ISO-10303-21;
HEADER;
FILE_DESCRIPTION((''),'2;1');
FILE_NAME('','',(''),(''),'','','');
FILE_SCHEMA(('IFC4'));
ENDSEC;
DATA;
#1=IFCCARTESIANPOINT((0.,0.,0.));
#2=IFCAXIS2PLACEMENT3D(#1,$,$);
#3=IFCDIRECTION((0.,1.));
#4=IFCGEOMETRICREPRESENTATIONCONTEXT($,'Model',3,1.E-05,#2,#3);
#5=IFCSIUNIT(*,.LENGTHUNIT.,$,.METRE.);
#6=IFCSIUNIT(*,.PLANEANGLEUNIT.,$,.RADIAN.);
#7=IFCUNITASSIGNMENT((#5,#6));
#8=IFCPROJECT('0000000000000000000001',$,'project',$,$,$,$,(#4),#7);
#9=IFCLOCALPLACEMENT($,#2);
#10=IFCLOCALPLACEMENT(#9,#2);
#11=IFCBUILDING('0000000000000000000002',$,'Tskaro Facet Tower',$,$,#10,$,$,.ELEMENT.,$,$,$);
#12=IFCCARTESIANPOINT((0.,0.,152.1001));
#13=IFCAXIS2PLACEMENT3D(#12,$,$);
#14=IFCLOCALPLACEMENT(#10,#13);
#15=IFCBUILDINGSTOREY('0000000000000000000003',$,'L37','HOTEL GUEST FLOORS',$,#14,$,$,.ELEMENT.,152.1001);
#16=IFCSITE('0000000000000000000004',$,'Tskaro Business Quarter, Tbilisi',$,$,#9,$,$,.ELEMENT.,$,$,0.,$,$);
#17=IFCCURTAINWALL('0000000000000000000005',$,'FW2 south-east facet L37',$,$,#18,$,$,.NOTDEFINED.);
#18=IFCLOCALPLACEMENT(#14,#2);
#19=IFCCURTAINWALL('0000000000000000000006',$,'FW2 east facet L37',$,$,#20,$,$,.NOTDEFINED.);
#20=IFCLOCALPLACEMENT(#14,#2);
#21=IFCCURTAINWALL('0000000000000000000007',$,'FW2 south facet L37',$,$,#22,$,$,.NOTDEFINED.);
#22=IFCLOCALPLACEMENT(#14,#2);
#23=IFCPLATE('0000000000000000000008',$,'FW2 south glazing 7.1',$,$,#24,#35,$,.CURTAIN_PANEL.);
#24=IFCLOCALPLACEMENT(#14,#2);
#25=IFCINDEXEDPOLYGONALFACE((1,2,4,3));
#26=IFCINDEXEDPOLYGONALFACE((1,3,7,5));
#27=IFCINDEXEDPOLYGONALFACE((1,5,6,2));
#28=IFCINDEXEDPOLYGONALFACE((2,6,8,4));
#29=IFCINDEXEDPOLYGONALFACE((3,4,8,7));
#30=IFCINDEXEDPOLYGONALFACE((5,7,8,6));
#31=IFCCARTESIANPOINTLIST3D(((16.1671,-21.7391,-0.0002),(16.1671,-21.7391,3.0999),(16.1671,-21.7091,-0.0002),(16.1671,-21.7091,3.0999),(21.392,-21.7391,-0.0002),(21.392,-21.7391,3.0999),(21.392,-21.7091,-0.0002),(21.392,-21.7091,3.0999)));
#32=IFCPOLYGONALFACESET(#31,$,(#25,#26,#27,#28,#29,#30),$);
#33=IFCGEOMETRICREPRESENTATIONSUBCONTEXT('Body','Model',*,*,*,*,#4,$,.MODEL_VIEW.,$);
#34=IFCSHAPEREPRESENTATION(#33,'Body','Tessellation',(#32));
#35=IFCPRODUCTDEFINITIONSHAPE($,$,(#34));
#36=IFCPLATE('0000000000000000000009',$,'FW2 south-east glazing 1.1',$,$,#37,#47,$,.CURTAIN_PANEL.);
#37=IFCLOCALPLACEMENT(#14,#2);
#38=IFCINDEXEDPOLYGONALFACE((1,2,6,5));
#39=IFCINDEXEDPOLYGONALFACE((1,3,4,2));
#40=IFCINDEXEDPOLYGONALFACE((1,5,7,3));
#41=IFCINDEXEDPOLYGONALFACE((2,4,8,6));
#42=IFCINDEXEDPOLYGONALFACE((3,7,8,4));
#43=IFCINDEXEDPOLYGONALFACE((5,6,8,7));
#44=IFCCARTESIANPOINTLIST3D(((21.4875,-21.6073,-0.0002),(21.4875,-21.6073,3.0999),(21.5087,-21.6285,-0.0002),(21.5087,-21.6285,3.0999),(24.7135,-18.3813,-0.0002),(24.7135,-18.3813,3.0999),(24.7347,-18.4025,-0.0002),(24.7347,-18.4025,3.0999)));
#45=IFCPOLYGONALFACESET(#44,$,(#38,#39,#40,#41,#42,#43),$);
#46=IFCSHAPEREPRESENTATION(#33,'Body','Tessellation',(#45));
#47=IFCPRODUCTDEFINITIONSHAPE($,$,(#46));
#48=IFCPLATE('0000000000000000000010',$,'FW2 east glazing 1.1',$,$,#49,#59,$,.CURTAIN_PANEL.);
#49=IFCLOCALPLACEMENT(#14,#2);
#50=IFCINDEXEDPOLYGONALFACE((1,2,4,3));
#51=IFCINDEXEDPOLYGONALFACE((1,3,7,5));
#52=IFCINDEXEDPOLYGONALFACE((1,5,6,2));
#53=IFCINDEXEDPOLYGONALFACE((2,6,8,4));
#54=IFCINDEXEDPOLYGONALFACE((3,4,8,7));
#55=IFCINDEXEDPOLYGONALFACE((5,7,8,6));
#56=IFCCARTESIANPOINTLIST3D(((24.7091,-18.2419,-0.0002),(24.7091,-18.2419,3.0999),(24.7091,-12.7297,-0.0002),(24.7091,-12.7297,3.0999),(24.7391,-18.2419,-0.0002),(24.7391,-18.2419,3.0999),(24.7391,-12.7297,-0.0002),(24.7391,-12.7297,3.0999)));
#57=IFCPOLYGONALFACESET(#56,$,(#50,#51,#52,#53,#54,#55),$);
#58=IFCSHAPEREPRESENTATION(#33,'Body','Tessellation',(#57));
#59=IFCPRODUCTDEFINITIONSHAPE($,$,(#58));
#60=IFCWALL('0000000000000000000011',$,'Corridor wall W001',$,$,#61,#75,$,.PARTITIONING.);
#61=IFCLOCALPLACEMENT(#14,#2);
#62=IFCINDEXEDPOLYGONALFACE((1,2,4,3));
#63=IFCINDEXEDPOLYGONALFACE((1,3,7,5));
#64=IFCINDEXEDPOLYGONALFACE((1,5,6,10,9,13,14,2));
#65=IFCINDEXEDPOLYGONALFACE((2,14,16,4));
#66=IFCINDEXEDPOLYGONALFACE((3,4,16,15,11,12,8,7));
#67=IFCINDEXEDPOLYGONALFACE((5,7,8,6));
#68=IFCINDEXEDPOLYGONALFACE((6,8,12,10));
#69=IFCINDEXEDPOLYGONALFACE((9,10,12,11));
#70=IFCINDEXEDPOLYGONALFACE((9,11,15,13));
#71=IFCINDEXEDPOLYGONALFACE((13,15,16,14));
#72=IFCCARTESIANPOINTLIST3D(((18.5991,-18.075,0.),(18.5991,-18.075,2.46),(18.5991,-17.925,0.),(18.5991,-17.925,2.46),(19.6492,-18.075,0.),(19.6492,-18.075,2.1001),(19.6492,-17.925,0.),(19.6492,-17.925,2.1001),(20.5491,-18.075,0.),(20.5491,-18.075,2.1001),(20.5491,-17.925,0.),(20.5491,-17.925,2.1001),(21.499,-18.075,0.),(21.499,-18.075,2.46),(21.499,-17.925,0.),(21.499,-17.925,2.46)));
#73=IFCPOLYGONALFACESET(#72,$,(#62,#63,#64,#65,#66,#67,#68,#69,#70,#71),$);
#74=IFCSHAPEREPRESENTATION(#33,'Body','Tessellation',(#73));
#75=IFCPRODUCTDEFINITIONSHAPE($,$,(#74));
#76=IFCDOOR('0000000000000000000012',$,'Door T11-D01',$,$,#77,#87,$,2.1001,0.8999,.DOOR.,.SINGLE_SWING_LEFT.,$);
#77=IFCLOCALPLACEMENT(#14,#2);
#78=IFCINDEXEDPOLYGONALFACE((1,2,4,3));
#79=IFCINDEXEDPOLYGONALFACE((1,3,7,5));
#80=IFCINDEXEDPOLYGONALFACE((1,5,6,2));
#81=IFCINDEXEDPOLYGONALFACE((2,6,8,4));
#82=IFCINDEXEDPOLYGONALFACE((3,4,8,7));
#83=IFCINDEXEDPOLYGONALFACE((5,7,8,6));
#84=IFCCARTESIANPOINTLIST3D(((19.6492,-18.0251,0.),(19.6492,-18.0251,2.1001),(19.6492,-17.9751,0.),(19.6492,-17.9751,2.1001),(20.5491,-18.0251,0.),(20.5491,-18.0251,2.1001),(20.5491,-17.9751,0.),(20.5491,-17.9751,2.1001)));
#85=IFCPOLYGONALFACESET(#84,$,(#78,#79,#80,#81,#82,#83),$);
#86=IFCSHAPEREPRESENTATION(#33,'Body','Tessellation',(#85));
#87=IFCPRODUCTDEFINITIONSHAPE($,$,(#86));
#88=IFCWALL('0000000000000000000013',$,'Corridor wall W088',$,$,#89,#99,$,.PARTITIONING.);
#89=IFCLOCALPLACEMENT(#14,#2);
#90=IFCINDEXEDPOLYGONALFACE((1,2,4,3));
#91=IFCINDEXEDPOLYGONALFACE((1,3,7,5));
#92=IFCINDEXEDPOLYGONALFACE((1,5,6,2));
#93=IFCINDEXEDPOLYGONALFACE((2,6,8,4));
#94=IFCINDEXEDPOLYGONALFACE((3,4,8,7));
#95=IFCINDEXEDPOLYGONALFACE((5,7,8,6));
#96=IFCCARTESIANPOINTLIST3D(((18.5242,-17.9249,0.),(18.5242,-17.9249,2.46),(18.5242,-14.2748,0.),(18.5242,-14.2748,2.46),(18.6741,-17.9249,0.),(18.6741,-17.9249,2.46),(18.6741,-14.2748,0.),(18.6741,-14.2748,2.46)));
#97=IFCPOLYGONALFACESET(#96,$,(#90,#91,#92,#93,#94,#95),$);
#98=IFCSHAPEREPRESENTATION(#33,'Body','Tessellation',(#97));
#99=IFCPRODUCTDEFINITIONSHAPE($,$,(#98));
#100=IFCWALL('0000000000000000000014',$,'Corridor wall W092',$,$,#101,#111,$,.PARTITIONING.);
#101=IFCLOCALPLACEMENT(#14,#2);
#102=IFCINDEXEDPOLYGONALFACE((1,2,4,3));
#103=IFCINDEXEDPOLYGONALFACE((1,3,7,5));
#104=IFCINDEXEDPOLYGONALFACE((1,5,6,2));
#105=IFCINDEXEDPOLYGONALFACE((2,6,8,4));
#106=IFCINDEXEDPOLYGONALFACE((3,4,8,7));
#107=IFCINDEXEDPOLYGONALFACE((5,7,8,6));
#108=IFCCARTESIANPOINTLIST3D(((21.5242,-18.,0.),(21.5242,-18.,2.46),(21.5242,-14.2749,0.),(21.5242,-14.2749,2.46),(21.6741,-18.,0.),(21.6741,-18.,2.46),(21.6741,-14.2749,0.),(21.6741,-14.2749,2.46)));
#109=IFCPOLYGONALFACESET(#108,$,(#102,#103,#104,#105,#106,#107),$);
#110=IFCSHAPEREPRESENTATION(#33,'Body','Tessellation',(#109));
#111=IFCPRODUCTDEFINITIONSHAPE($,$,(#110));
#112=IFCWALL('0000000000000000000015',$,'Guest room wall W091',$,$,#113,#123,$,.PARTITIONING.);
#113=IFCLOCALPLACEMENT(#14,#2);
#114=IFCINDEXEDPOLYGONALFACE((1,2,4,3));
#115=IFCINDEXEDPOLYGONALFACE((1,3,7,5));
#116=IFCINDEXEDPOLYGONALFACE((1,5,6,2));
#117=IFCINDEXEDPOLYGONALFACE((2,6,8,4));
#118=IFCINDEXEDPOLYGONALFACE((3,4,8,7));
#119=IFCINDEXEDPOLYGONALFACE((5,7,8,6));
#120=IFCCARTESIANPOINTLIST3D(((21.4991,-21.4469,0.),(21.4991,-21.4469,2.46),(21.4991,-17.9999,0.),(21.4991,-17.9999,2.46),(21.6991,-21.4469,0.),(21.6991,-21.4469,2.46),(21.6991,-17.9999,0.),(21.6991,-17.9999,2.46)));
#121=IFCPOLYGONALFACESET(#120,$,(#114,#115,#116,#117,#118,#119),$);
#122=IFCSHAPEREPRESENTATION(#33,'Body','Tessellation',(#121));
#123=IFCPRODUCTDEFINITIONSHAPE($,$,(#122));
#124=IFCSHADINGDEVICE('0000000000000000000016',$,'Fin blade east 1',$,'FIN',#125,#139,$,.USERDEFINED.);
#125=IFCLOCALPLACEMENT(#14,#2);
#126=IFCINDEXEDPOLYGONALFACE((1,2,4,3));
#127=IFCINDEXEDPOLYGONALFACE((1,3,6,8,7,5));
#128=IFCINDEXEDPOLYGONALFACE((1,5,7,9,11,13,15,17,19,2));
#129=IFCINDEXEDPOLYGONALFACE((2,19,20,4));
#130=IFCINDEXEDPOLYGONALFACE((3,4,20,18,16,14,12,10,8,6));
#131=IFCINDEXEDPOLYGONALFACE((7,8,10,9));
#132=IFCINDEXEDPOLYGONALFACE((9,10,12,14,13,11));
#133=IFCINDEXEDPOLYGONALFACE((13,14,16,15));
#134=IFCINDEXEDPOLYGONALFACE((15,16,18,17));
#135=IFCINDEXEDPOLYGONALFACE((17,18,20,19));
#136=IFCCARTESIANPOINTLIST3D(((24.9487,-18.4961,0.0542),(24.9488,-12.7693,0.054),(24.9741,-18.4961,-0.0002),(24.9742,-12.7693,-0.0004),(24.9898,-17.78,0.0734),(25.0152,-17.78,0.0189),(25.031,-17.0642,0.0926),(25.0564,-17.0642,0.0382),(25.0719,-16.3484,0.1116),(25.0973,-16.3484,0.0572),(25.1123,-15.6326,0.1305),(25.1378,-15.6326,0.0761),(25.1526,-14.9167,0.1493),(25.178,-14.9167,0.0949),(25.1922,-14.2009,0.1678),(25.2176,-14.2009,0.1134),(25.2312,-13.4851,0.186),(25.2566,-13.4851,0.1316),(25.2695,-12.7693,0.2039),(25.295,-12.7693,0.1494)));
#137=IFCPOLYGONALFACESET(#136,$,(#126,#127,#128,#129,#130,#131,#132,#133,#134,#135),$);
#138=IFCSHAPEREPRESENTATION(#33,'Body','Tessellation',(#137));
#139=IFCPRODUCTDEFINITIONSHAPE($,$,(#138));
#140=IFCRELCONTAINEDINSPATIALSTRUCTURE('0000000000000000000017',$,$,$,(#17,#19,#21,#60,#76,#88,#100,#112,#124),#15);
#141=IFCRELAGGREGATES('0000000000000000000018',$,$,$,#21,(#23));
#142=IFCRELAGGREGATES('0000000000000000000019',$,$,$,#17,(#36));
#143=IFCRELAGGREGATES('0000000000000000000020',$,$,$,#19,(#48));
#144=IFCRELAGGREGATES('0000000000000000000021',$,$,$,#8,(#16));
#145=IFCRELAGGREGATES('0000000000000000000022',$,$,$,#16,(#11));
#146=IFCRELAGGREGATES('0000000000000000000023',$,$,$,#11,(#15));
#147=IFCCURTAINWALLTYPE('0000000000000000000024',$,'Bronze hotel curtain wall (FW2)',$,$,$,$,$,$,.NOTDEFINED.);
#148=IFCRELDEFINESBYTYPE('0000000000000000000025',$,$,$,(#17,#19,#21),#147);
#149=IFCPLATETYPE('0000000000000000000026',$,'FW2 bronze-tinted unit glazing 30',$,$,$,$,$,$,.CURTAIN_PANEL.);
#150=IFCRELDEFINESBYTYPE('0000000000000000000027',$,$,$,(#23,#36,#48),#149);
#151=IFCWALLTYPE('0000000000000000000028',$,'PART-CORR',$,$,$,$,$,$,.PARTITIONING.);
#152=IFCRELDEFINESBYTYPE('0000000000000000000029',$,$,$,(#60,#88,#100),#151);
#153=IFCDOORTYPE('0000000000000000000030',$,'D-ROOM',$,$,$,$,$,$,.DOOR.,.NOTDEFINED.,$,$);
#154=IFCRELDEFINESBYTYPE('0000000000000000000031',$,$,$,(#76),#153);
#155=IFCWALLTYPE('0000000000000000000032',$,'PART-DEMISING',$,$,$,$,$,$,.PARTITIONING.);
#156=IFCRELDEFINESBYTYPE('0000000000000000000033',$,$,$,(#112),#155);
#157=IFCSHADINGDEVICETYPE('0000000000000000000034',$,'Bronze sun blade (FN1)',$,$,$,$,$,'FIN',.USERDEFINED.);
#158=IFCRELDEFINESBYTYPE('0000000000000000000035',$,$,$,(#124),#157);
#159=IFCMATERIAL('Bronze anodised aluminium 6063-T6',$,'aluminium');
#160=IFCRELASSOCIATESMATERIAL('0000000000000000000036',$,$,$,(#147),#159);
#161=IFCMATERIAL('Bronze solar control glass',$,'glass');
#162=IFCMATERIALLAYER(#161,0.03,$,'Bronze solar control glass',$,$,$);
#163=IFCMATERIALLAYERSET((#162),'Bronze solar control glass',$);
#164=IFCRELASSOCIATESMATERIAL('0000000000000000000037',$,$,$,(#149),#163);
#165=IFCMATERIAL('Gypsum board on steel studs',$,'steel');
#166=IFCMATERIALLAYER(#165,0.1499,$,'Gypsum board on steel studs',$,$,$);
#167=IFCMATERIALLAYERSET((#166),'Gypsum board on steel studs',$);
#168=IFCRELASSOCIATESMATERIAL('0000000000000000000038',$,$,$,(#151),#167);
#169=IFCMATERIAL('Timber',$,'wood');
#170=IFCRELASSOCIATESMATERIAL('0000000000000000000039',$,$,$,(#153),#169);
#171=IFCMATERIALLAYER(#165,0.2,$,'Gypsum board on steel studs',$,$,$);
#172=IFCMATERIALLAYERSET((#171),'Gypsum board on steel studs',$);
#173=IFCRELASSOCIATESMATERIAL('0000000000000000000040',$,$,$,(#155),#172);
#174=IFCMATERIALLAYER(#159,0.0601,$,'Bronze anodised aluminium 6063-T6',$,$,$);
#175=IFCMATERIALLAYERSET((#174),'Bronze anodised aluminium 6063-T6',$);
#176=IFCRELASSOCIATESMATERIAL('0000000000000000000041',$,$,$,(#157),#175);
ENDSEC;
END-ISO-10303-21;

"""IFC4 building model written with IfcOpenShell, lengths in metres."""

from ifc_helpers import new_model, si_unit, direction, frame, frame_2d, origin, origin_2d, place, context, subcontext, project, spatial, polyline, rectangle, outline, extrude, material, layer, layer_set, type_object, element, fill, aggregate, save


model = new_model("IFC4")

# Units and contexts
model_context = context("Model", 3, precision=1e-05, world=origin(), true_north=direction((0.0, 1.0)))
body_context = subcontext(model_context, "Body", "Model", "MODEL_VIEW")
ifc_project = project(units=[si_unit("LENGTHUNIT", "METRE"), si_unit("PLANEANGLEUNIT", "RADIAN")], contexts=[model_context])

# Site, building, storey
site_placement = place(None, origin())
site = spatial("IfcSite", under=ifc_project, at=site_placement, Name="Tskaro Business Quarter, Tbilisi", CompositionType="ELEMENT", RefElevation=0.0)
building_placement = place(site_placement, origin())
building = spatial("IfcBuilding", under=site, at=building_placement, Name="Tskaro Facet Tower", CompositionType="ELEMENT")
storey_placement = place(building_placement, frame((0.0, 0.0, 152.1001)))
storey = spatial("IfcBuildingStorey", under=building, at=storey_placement, Name="L37", Description="HOTEL GUEST FLOORS", CompositionType="ELEMENT", Elevation=152.1001)

# Curtain walls
ifc_material_1 = material(Name="Bronze anodised aluminium 6063-T6", Category="aluminium")
curtain_wall_type = type_object("IfcCurtainWallType", Name="Bronze hotel curtain wall (FW2)", PredefinedType="NOTDEFINED", material=ifc_material_1)
curtain_wall_1_placement = place(storey_placement, origin())
curtain_wall_1 = element("IfcCurtainWall", 1, at=curtain_wall_1_placement, inside=storey, type_object=curtain_wall_type, Name="FW2 south-east facet L37", PredefinedType="NOTDEFINED")
curtain_wall_2_placement = place(storey_placement, origin())
curtain_wall_2 = element("IfcCurtainWall", 2, at=curtain_wall_2_placement, inside=storey, type_object=curtain_wall_type, Name="FW2 east facet L37", PredefinedType="NOTDEFINED")

# Curtain wall, plate
curtain_wall_3_placement = place(storey_placement, origin())
curtain_wall_3 = element("IfcCurtainWall", 3, at=curtain_wall_3_placement, inside=storey, type_object=curtain_wall_type, Name="FW2 south facet L37", PredefinedType="NOTDEFINED")
ifc_material_2 = material(Name="Bronze solar control glass", Category="glass")
ifc_layer_1 = layer(ifc_material_2, 0.03, Name="Bronze solar control glass")
ifc_layer_set_1 = layer_set([ifc_layer_1], Name="Bronze solar control glass")
plate_type = type_object("IfcPlateType", Name="FW2 bronze-tinted unit glazing 30", PredefinedType="CURTAIN_PANEL", material=ifc_layer_set_1)
plate_1_placement = place(storey_placement, frame((18.7795, -21.7241, -0.0002), z_axis=(0.0, 0.0, 1.0), x_axis=(1.0, 0.0, 0.0)))
plate_1 = element("IfcPlate", 4, at=plate_1_placement, type_object=plate_type, Name="FW2 south glazing 7.1", PredefinedType="CURTAIN_PANEL", context=body_context, shape_type="SweptSolid", body=[
    extrude(rectangle(XDim=5.2249, YDim=0.03, at=origin_2d()), origin(), (0.0, 0.0, 1.0), 3.1001),
])
aggregate(curtain_wall_3, [plate_1])

# Plates
plate_2_placement = place(storey_placement, frame((23.1111, -20.0049, -0.0002), z_axis=(0.0, 0.0, 1.0), x_axis=(0.707107, 0.707107, 0.0)))
plate_2 = element("IfcPlate", 5, at=plate_2_placement, type_object=plate_type, Name="FW2 south-east glazing 1.1", PredefinedType="CURTAIN_PANEL", context=body_context, shape_type="SweptSolid", body=[
    extrude(rectangle(XDim=4.5623, YDim=0.03, at=origin_2d()), origin(), (0.0, 0.0, 1.0), 3.1001),
])
aggregate(curtain_wall_1, [plate_2])
plate_3_placement = place(storey_placement, frame((24.7241, -15.4858, -0.0002), z_axis=(0.0, 0.0, 1.0), x_axis=(0.0, 1.0, 0.0)))
plate_3 = element("IfcPlate", 6, at=plate_3_placement, type_object=plate_type, Name="FW2 east glazing 1.1", PredefinedType="CURTAIN_PANEL", context=body_context, shape_type="SweptSolid", body=[
    extrude(rectangle(XDim=5.5122, YDim=0.03, at=origin_2d()), origin(), (0.0, 0.0, 1.0), 3.1001),
])
aggregate(curtain_wall_2, [plate_3])

# Wall, opening, door
ifc_material_3 = material(Name="Gypsum board on steel studs", Category="steel")
ifc_layer_2 = layer(ifc_material_3, 0.1499, Name="Gypsum board on steel studs")
ifc_layer_set_2 = layer_set([ifc_layer_2], Name="Gypsum board on steel studs")
wall_type_1 = type_object("IfcWallType", Name="PART-CORR", PredefinedType="PARTITIONING", material=ifc_layer_set_2)
wall_1_placement = place(storey_placement, frame((18.5991, -18.0, 0.0), z_axis=(0.0, 0.0, 1.0), x_axis=(1.0, 0.0, 0.0)))
wall_1 = element("IfcWall", 7, at=wall_1_placement, inside=storey, type_object=wall_type_1, Name="Corridor wall W001", PredefinedType="PARTITIONING", context=body_context, shape_type="SweptSolid", body=[
    extrude(rectangle(XDim=2.8999, YDim=0.1499, at=frame_2d((1.45, 0.0))), origin(), (0.0, 0.0, 1.0), 2.46),
])
opening_placement = place(wall_1_placement, frame((1.05, 0.0, 0.0)))
opening = element("IfcOpeningElement", 8, at=opening_placement, cuts=wall_1, PredefinedType="OPENING", context=body_context, shape_type="SweptSolid", body=[
    extrude(rectangle(XDim=0.8999, YDim=2.1001, at=frame_2d((0.45, 1.05))), frame((0.0, 0.085, 0.0), z_axis=(0.0, -1.0, 0.0), x_axis=(1.0, 0.0, 0.0)), (0.0, 0.0, 1.0), 0.1699),
])
ifc_material_4 = material(Name="Timber", Category="wood")
door_type = type_object("IfcDoorType", Name="D-ROOM", OperationType="NOTDEFINED", PredefinedType="DOOR", material=ifc_material_4)
door_placement = place(opening_placement, origin())
door = element("IfcDoor", 9, at=door_placement, inside=storey, type_object=door_type, Name="Door T11-D01", OperationType="SINGLE_SWING_LEFT", OverallHeight=2.1001, OverallWidth=0.8999, PredefinedType="DOOR", context=body_context, shape_type="SweptSolid", body=[
    extrude(rectangle(XDim=0.8999, YDim=2.1001, at=frame_2d((0.45, 1.05))), frame((0.0, 0.0249, 0.0), z_axis=(0.0, -1.0, 0.0), x_axis=(1.0, 0.0, 0.0)), (0.0, 0.0, 1.0), 0.05),
])
fill(opening, door)

# Walls
wall_2_placement = place(storey_placement, frame((18.5991, -17.925, 0.0), z_axis=(0.0, 0.0, 1.0), x_axis=(0.0, 1.0, 0.0)))
element("IfcWall", 10, at=wall_2_placement, inside=storey, type_object=wall_type_1, Name="Corridor wall W088", PredefinedType="PARTITIONING", context=body_context, shape_type="SweptSolid", body=[
    extrude(rectangle(XDim=3.6501, YDim=0.1499, at=frame_2d((1.8252, 0.0))), origin(), (0.0, 0.0, 1.0), 2.46),
])
wall_3_placement = place(storey_placement, frame((21.5991, -18.0, 0.0), z_axis=(0.0, 0.0, 1.0), x_axis=(0.0, 1.0, 0.0)))
element("IfcWall", 11, at=wall_3_placement, inside=storey, type_object=wall_type_1, Name="Corridor wall W092", PredefinedType="PARTITIONING", context=body_context, shape_type="SweptSolid", body=[
    extrude(rectangle(XDim=3.7251, YDim=0.1499, at=frame_2d((1.8625, 0.0))), origin(), (0.0, 0.0, 1.0), 2.46),
])
ifc_layer_3 = layer(ifc_material_3, 0.2, Name="Gypsum board on steel studs")
ifc_layer_set_3 = layer_set([ifc_layer_3], Name="Gypsum board on steel studs")
wall_type_2 = type_object("IfcWallType", Name="PART-DEMISING", PredefinedType="PARTITIONING", material=ifc_layer_set_3)
wall_4_placement = place(storey_placement, frame((21.5991, -21.447, 0.0), z_axis=(0.0, 0.0, 1.0), x_axis=(0.0, 1.0, 0.0)))
element("IfcWall", 12, at=wall_4_placement, inside=storey, type_object=wall_type_2, Name="Guest room wall W091", PredefinedType="PARTITIONING", context=body_context, shape_type="SweptSolid", body=[
    extrude(rectangle(XDim=3.447, YDim=0.2, at=frame_2d((1.7236, 0.0))), origin(), (0.0, 0.0, 1.0), 2.46),
])

# Shading device
ifc_layer_4 = layer(ifc_material_1, 0.0601, Name="Bronze anodised aluminium 6063-T6")
ifc_layer_set_4 = layer_set([ifc_layer_4], Name="Bronze anodised aluminium 6063-T6")
shading_device_type = type_object("IfcShadingDeviceType", Name="Bronze sun blade (FN1)", ElementType="FIN", PredefinedType="USERDEFINED", material=ifc_layer_set_4)
shading_device_placement = place(storey_placement, frame((24.9487, -18.4961, 0.0542), z_axis=(-0.423235, 0.000032, 0.90602), x_axis=(0.000013, 1.0, -0.000029)))
element("IfcShadingDevice", 13, at=shading_device_placement, inside=storey, type_object=shading_device_type, Name="Fin blade east 1", ObjectType="FIN", PredefinedType="USERDEFINED", context=body_context, shape_type="SweptSolid", body=[
    extrude(outline(polyline([(0.0, 0.0), (5.7268, 0.0), (5.7268, -0.354), (5.011, -0.3117), (4.2952, -0.2687), (3.5793, -0.225), (2.8635, -0.1805), (2.1477, -0.1359), (1.4319, -0.0908), (0.7161, -0.0453), (0.0, 0.0)])), origin(), (0.0, 0.0, -1.0), 0.0601),
])

save(model, "model.ifc")
